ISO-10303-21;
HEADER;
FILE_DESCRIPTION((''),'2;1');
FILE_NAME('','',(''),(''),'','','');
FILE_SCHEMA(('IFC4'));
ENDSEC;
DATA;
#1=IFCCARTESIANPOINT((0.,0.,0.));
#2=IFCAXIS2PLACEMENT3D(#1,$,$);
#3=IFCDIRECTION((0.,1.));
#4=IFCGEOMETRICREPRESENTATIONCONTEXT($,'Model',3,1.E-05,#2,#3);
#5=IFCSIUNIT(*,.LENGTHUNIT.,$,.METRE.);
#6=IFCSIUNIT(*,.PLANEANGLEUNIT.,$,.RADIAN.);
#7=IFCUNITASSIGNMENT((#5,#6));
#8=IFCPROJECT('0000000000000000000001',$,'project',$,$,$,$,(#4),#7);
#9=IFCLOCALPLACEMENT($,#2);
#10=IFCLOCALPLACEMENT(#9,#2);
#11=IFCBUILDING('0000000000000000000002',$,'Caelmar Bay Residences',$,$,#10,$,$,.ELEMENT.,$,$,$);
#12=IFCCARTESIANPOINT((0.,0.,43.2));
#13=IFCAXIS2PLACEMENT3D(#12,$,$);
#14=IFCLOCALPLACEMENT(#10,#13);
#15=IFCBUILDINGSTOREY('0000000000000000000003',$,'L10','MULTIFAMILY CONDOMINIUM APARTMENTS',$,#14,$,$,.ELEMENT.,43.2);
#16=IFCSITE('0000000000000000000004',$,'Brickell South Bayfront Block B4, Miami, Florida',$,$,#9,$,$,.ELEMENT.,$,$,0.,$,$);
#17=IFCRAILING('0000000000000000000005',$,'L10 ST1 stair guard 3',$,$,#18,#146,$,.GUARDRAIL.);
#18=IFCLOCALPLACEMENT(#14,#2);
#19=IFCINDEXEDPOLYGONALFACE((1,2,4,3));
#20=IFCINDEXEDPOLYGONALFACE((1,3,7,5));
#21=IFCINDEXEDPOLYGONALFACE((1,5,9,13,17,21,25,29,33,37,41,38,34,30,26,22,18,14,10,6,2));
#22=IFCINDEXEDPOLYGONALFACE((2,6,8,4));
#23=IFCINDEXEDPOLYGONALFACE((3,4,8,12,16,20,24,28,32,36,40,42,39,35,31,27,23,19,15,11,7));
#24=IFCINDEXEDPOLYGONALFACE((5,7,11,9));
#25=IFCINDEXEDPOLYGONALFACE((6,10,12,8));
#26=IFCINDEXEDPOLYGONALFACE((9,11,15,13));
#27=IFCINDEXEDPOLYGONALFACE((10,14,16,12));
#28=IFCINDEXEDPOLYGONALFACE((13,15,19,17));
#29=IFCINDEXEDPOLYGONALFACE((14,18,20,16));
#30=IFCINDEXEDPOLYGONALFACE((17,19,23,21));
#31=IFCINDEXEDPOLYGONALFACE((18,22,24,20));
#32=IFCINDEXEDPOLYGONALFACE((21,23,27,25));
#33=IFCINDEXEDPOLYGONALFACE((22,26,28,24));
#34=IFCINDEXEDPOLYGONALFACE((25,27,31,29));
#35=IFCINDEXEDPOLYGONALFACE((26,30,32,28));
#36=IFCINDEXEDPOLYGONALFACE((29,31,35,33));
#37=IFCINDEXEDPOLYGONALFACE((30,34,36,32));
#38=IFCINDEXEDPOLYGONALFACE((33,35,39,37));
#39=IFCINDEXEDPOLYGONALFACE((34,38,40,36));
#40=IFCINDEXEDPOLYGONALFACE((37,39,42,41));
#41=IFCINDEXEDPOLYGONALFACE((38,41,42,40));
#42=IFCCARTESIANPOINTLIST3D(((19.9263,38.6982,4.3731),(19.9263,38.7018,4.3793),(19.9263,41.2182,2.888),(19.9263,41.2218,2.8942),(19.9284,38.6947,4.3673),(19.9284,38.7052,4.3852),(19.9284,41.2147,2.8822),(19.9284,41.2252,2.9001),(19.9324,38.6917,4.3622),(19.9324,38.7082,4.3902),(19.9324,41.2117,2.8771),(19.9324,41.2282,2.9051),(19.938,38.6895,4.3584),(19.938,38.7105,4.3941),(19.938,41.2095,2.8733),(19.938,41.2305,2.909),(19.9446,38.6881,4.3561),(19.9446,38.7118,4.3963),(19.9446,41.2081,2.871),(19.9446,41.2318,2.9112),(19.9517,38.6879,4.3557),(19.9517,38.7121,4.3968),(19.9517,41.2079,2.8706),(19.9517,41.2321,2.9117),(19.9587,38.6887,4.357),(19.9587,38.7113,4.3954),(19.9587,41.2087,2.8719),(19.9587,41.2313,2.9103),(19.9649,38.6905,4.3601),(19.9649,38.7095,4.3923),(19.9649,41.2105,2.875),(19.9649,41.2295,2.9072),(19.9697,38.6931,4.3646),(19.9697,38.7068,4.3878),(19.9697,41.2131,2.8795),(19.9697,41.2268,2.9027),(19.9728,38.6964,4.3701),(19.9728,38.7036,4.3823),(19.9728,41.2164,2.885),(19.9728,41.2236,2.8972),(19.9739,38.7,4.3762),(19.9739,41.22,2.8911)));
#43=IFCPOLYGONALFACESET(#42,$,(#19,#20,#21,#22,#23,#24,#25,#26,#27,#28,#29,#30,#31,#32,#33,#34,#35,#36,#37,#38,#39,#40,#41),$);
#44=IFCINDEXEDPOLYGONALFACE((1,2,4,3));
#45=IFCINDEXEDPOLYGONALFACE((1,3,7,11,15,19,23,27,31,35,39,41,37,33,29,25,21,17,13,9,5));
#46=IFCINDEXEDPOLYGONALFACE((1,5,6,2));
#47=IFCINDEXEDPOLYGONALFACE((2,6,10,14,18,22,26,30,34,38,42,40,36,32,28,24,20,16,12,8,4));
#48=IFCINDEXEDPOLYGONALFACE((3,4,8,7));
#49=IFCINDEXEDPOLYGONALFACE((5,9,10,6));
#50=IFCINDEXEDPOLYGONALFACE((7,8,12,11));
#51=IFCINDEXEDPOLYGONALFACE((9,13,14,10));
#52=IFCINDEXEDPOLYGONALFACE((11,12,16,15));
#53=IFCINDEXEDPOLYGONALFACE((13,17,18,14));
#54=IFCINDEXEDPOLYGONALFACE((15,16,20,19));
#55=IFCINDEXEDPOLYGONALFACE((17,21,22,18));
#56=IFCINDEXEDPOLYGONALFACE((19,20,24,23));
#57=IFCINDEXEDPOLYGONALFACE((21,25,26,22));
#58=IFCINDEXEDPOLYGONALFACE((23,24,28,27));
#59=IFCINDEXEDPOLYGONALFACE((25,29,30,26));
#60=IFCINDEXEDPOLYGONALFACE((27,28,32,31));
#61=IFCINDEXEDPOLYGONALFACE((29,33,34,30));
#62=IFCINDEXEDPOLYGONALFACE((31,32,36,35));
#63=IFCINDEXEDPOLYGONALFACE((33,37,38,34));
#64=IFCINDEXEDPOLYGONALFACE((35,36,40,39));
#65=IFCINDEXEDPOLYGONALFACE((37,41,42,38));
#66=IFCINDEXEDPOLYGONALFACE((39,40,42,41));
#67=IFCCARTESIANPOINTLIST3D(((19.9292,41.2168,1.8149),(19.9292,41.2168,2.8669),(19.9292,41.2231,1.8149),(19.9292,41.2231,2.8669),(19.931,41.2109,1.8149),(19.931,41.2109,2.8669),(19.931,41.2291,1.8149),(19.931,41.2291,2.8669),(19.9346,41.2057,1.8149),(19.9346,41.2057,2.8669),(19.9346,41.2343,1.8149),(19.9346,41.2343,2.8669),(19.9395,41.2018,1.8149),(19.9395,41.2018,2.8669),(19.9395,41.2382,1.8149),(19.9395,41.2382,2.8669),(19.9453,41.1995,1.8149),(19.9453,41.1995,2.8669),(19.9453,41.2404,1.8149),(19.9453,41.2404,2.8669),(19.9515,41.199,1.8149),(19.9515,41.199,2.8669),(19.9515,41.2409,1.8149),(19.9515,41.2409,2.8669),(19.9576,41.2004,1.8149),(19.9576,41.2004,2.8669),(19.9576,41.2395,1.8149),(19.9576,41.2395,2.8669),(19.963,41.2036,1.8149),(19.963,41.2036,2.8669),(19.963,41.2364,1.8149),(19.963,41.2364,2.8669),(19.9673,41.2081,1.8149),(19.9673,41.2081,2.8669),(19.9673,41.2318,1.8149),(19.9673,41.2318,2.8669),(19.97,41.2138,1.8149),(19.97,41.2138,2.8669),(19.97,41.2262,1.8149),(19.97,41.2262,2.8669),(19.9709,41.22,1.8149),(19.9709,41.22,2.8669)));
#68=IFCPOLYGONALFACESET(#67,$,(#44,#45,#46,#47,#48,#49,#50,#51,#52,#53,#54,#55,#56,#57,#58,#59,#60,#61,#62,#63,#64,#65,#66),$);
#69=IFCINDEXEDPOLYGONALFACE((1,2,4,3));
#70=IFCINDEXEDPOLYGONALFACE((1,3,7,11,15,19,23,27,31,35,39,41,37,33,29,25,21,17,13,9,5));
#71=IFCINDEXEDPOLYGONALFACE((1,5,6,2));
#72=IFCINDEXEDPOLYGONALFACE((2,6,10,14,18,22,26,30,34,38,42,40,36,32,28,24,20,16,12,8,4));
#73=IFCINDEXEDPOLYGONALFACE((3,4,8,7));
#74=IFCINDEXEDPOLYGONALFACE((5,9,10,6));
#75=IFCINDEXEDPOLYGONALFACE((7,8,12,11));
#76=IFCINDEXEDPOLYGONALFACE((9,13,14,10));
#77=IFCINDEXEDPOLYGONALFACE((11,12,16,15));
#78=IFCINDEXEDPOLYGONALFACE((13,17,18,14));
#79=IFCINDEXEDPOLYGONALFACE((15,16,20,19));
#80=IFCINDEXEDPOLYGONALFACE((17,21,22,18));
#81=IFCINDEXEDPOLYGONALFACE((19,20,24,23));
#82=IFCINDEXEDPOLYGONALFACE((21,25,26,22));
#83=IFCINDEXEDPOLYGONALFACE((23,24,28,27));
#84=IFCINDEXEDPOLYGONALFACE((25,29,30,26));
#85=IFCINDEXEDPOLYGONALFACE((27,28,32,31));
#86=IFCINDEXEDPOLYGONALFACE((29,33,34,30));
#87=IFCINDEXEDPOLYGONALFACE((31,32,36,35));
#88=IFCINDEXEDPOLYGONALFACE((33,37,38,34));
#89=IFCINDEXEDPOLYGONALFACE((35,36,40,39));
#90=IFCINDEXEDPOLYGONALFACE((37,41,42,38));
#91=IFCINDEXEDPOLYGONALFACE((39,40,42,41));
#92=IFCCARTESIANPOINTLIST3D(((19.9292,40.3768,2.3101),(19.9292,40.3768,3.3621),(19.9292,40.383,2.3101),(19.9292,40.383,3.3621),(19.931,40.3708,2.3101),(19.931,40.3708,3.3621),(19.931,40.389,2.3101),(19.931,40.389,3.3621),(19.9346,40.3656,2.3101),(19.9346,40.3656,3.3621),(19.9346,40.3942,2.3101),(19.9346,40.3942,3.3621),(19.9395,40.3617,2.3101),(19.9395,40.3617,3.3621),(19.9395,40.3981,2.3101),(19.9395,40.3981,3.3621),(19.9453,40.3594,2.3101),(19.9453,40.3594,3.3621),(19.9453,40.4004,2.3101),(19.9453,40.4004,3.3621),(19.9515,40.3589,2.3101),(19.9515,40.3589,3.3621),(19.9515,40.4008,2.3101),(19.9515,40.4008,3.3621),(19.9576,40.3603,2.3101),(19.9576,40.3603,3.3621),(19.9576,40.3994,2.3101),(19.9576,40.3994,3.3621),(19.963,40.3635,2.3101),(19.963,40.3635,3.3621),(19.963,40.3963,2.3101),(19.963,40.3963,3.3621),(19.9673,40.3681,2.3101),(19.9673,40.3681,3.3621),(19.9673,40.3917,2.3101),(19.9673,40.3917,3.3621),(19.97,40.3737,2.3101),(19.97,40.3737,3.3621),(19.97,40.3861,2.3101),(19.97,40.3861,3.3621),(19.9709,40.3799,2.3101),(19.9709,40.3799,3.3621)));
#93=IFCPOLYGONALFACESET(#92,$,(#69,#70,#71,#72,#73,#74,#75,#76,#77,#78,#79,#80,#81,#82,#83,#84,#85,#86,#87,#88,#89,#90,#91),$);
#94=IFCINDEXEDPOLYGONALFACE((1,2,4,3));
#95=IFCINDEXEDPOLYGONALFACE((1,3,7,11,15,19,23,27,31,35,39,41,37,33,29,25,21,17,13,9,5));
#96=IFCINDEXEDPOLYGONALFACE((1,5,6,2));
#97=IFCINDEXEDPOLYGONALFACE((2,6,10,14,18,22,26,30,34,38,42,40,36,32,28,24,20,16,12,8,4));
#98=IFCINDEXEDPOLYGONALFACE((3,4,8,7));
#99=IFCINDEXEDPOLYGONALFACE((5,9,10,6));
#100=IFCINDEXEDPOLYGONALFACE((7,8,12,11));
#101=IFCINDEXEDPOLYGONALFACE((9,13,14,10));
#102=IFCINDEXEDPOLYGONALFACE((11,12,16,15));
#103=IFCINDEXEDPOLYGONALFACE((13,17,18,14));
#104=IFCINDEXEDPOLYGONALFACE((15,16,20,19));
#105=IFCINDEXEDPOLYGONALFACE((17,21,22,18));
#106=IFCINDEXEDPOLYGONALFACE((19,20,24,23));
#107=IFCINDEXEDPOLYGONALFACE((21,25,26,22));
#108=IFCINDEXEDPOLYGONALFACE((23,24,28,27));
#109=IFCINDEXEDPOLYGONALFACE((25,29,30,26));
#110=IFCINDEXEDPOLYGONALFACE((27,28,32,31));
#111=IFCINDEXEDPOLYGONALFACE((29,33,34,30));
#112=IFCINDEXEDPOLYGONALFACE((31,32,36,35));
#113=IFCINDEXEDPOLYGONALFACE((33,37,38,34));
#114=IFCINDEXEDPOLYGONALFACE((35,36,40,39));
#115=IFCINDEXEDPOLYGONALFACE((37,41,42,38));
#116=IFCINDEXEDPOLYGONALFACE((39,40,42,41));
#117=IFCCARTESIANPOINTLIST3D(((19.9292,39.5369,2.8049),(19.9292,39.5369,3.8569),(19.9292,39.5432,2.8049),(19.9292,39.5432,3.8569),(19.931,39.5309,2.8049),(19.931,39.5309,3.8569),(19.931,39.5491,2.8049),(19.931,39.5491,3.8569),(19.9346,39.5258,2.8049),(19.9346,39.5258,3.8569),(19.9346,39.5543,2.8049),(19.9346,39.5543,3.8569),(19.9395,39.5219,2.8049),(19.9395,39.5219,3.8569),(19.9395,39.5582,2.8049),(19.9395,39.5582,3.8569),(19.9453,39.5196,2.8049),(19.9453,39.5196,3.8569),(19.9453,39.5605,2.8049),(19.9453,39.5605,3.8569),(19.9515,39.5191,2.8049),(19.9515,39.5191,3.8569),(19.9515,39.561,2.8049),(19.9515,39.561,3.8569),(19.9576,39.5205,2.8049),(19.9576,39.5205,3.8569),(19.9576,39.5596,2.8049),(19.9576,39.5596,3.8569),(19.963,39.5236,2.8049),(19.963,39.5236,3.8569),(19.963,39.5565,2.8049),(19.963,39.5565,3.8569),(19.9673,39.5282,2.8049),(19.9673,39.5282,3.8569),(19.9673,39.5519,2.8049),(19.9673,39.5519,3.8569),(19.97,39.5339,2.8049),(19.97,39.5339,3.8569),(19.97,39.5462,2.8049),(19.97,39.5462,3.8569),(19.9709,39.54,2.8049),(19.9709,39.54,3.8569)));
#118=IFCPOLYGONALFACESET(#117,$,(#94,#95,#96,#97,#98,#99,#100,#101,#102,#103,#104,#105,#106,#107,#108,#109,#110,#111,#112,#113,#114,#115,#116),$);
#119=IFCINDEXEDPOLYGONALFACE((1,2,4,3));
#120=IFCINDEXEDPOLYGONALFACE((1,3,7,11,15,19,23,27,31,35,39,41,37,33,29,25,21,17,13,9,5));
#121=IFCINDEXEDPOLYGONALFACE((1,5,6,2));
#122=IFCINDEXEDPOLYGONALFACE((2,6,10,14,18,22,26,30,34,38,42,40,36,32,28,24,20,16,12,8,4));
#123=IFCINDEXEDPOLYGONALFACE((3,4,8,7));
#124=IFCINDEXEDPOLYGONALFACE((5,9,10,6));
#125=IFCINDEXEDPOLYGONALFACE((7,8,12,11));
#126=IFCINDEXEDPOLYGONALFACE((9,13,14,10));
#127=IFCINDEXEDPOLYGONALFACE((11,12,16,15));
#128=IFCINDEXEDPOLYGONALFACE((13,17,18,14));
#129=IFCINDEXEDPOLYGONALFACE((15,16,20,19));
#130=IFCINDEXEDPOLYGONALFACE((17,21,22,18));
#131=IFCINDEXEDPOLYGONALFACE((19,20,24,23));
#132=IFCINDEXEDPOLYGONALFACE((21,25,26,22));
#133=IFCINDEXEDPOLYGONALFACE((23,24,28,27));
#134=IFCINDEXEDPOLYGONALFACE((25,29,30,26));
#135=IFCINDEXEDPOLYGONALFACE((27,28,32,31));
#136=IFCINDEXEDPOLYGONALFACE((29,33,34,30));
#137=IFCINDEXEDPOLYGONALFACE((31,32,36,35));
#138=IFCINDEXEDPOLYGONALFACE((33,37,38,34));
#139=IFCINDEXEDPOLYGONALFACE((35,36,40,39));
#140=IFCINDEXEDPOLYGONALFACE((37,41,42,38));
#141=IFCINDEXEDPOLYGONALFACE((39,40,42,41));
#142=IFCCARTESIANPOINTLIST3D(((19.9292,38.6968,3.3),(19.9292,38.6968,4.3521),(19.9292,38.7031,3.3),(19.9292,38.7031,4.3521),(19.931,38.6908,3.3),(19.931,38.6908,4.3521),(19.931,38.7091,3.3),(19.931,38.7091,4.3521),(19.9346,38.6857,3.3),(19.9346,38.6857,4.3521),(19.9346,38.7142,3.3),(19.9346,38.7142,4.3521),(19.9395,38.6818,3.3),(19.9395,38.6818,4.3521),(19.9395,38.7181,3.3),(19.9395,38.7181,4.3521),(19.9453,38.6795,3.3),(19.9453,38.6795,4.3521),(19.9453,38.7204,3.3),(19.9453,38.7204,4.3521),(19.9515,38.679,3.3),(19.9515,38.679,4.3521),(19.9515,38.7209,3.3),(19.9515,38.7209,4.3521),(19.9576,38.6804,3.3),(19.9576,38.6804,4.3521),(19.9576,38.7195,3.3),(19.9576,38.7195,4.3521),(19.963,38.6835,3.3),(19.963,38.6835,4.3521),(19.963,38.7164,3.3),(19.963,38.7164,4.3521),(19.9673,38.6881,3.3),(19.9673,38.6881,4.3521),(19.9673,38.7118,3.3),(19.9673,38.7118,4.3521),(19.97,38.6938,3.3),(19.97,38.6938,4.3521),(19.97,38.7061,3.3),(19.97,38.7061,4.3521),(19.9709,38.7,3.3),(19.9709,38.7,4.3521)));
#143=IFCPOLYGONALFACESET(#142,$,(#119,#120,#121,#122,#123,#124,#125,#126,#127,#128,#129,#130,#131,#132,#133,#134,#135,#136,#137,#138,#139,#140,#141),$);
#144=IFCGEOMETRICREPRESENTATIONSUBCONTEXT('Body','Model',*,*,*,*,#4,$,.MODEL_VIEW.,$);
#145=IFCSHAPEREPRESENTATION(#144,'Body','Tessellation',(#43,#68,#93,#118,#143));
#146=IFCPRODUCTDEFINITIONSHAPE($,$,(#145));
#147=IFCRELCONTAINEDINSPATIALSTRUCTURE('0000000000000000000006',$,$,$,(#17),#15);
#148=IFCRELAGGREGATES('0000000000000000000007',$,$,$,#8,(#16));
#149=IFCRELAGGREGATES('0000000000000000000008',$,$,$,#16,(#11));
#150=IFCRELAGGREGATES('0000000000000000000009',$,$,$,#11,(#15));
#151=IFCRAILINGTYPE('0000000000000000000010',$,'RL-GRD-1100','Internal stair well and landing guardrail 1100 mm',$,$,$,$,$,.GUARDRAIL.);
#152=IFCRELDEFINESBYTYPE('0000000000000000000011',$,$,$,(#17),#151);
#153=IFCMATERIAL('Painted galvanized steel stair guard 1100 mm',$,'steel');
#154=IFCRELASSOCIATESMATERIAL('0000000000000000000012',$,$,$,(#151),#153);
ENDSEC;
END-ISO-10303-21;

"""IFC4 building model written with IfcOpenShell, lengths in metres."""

from ifc_helpers import new_model, si_unit, direction, frame, origin, origin_2d, place, context, subcontext, project, spatial, circle, extrude, material, type_object, element, save


model = new_model("IFC4")

# Units and contexts
model_context = context("Model", 3, precision=1e-05, world=origin(), true_north=direction((0.0, 1.0)))
body_context = subcontext(model_context, "Body", "Model", "MODEL_VIEW")
ifc_project = project(units=[si_unit("LENGTHUNIT", "METRE"), si_unit("PLANEANGLEUNIT", "RADIAN")], contexts=[model_context])

# Site, building, storey
site_placement = place(None, origin())
site = spatial("IfcSite", under=ifc_project, at=site_placement, Name="Brickell South Bayfront Block B4, Miami, Florida", CompositionType="ELEMENT", RefElevation=0.0)
building_placement = place(site_placement, origin())
building = spatial("IfcBuilding", under=site, at=building_placement, Name="Caelmar Bay Residences", CompositionType="ELEMENT")
storey_placement = place(building_placement, frame((0.0, 0.0, 43.2)))
storey = spatial("IfcBuildingStorey", under=building, at=storey_placement, Name="L10", Description="MULTIFAMILY CONDOMINIUM APARTMENTS", CompositionType="ELEMENT", Elevation=43.2)

# Railing
ifc_material_1 = material(Name="Painted galvanized steel stair guard 1100 mm", Category="steel")
railing_type_1 = type_object("IfcRailingType", Name="RL-GRD-1100", Description="Internal stair well and landing guardrail 1100 mm", PredefinedType="GUARDRAIL", material=ifc_material_1)
railing_1_placement = place(storey_placement, frame((19.95, 41.22, 1.8149)))
element("IfcRailing", 1, at=railing_1_placement, inside=storey, type_object=railing_type_1, Name="L10 ST1 stair guard 3", PredefinedType="GUARDRAIL", context=body_context, shape_type="SweptSolid", body=[
    extrude(circle(Radius=0.0239, at=origin_2d()), frame((0.0, 0.0, 1.0762), z_axis=(0.0, -0.861524, 0.507717), x_axis=(1.0, 0.0, 0.0)), (0.0, 0.0, 1.0), 2.925),
    extrude(circle(Radius=0.021, at=origin_2d()), origin(), (0.0, 0.0, 1.0), 1.052),
    extrude(circle(Radius=0.021, at=origin_2d()), frame((0.0, -0.8401, 0.4951)), (0.0, 0.0, 1.0), 1.052),
    extrude(circle(Radius=0.021, at=origin_2d()), frame((0.0, -1.6799, 0.99)), (0.0, 0.0, 1.0), 1.052),
    extrude(circle(Radius=0.021, at=origin_2d()), frame((0.0, -2.52, 1.4851)), (0.0, 0.0, 1.0), 1.052),
])

save(model, "model.ifc")
